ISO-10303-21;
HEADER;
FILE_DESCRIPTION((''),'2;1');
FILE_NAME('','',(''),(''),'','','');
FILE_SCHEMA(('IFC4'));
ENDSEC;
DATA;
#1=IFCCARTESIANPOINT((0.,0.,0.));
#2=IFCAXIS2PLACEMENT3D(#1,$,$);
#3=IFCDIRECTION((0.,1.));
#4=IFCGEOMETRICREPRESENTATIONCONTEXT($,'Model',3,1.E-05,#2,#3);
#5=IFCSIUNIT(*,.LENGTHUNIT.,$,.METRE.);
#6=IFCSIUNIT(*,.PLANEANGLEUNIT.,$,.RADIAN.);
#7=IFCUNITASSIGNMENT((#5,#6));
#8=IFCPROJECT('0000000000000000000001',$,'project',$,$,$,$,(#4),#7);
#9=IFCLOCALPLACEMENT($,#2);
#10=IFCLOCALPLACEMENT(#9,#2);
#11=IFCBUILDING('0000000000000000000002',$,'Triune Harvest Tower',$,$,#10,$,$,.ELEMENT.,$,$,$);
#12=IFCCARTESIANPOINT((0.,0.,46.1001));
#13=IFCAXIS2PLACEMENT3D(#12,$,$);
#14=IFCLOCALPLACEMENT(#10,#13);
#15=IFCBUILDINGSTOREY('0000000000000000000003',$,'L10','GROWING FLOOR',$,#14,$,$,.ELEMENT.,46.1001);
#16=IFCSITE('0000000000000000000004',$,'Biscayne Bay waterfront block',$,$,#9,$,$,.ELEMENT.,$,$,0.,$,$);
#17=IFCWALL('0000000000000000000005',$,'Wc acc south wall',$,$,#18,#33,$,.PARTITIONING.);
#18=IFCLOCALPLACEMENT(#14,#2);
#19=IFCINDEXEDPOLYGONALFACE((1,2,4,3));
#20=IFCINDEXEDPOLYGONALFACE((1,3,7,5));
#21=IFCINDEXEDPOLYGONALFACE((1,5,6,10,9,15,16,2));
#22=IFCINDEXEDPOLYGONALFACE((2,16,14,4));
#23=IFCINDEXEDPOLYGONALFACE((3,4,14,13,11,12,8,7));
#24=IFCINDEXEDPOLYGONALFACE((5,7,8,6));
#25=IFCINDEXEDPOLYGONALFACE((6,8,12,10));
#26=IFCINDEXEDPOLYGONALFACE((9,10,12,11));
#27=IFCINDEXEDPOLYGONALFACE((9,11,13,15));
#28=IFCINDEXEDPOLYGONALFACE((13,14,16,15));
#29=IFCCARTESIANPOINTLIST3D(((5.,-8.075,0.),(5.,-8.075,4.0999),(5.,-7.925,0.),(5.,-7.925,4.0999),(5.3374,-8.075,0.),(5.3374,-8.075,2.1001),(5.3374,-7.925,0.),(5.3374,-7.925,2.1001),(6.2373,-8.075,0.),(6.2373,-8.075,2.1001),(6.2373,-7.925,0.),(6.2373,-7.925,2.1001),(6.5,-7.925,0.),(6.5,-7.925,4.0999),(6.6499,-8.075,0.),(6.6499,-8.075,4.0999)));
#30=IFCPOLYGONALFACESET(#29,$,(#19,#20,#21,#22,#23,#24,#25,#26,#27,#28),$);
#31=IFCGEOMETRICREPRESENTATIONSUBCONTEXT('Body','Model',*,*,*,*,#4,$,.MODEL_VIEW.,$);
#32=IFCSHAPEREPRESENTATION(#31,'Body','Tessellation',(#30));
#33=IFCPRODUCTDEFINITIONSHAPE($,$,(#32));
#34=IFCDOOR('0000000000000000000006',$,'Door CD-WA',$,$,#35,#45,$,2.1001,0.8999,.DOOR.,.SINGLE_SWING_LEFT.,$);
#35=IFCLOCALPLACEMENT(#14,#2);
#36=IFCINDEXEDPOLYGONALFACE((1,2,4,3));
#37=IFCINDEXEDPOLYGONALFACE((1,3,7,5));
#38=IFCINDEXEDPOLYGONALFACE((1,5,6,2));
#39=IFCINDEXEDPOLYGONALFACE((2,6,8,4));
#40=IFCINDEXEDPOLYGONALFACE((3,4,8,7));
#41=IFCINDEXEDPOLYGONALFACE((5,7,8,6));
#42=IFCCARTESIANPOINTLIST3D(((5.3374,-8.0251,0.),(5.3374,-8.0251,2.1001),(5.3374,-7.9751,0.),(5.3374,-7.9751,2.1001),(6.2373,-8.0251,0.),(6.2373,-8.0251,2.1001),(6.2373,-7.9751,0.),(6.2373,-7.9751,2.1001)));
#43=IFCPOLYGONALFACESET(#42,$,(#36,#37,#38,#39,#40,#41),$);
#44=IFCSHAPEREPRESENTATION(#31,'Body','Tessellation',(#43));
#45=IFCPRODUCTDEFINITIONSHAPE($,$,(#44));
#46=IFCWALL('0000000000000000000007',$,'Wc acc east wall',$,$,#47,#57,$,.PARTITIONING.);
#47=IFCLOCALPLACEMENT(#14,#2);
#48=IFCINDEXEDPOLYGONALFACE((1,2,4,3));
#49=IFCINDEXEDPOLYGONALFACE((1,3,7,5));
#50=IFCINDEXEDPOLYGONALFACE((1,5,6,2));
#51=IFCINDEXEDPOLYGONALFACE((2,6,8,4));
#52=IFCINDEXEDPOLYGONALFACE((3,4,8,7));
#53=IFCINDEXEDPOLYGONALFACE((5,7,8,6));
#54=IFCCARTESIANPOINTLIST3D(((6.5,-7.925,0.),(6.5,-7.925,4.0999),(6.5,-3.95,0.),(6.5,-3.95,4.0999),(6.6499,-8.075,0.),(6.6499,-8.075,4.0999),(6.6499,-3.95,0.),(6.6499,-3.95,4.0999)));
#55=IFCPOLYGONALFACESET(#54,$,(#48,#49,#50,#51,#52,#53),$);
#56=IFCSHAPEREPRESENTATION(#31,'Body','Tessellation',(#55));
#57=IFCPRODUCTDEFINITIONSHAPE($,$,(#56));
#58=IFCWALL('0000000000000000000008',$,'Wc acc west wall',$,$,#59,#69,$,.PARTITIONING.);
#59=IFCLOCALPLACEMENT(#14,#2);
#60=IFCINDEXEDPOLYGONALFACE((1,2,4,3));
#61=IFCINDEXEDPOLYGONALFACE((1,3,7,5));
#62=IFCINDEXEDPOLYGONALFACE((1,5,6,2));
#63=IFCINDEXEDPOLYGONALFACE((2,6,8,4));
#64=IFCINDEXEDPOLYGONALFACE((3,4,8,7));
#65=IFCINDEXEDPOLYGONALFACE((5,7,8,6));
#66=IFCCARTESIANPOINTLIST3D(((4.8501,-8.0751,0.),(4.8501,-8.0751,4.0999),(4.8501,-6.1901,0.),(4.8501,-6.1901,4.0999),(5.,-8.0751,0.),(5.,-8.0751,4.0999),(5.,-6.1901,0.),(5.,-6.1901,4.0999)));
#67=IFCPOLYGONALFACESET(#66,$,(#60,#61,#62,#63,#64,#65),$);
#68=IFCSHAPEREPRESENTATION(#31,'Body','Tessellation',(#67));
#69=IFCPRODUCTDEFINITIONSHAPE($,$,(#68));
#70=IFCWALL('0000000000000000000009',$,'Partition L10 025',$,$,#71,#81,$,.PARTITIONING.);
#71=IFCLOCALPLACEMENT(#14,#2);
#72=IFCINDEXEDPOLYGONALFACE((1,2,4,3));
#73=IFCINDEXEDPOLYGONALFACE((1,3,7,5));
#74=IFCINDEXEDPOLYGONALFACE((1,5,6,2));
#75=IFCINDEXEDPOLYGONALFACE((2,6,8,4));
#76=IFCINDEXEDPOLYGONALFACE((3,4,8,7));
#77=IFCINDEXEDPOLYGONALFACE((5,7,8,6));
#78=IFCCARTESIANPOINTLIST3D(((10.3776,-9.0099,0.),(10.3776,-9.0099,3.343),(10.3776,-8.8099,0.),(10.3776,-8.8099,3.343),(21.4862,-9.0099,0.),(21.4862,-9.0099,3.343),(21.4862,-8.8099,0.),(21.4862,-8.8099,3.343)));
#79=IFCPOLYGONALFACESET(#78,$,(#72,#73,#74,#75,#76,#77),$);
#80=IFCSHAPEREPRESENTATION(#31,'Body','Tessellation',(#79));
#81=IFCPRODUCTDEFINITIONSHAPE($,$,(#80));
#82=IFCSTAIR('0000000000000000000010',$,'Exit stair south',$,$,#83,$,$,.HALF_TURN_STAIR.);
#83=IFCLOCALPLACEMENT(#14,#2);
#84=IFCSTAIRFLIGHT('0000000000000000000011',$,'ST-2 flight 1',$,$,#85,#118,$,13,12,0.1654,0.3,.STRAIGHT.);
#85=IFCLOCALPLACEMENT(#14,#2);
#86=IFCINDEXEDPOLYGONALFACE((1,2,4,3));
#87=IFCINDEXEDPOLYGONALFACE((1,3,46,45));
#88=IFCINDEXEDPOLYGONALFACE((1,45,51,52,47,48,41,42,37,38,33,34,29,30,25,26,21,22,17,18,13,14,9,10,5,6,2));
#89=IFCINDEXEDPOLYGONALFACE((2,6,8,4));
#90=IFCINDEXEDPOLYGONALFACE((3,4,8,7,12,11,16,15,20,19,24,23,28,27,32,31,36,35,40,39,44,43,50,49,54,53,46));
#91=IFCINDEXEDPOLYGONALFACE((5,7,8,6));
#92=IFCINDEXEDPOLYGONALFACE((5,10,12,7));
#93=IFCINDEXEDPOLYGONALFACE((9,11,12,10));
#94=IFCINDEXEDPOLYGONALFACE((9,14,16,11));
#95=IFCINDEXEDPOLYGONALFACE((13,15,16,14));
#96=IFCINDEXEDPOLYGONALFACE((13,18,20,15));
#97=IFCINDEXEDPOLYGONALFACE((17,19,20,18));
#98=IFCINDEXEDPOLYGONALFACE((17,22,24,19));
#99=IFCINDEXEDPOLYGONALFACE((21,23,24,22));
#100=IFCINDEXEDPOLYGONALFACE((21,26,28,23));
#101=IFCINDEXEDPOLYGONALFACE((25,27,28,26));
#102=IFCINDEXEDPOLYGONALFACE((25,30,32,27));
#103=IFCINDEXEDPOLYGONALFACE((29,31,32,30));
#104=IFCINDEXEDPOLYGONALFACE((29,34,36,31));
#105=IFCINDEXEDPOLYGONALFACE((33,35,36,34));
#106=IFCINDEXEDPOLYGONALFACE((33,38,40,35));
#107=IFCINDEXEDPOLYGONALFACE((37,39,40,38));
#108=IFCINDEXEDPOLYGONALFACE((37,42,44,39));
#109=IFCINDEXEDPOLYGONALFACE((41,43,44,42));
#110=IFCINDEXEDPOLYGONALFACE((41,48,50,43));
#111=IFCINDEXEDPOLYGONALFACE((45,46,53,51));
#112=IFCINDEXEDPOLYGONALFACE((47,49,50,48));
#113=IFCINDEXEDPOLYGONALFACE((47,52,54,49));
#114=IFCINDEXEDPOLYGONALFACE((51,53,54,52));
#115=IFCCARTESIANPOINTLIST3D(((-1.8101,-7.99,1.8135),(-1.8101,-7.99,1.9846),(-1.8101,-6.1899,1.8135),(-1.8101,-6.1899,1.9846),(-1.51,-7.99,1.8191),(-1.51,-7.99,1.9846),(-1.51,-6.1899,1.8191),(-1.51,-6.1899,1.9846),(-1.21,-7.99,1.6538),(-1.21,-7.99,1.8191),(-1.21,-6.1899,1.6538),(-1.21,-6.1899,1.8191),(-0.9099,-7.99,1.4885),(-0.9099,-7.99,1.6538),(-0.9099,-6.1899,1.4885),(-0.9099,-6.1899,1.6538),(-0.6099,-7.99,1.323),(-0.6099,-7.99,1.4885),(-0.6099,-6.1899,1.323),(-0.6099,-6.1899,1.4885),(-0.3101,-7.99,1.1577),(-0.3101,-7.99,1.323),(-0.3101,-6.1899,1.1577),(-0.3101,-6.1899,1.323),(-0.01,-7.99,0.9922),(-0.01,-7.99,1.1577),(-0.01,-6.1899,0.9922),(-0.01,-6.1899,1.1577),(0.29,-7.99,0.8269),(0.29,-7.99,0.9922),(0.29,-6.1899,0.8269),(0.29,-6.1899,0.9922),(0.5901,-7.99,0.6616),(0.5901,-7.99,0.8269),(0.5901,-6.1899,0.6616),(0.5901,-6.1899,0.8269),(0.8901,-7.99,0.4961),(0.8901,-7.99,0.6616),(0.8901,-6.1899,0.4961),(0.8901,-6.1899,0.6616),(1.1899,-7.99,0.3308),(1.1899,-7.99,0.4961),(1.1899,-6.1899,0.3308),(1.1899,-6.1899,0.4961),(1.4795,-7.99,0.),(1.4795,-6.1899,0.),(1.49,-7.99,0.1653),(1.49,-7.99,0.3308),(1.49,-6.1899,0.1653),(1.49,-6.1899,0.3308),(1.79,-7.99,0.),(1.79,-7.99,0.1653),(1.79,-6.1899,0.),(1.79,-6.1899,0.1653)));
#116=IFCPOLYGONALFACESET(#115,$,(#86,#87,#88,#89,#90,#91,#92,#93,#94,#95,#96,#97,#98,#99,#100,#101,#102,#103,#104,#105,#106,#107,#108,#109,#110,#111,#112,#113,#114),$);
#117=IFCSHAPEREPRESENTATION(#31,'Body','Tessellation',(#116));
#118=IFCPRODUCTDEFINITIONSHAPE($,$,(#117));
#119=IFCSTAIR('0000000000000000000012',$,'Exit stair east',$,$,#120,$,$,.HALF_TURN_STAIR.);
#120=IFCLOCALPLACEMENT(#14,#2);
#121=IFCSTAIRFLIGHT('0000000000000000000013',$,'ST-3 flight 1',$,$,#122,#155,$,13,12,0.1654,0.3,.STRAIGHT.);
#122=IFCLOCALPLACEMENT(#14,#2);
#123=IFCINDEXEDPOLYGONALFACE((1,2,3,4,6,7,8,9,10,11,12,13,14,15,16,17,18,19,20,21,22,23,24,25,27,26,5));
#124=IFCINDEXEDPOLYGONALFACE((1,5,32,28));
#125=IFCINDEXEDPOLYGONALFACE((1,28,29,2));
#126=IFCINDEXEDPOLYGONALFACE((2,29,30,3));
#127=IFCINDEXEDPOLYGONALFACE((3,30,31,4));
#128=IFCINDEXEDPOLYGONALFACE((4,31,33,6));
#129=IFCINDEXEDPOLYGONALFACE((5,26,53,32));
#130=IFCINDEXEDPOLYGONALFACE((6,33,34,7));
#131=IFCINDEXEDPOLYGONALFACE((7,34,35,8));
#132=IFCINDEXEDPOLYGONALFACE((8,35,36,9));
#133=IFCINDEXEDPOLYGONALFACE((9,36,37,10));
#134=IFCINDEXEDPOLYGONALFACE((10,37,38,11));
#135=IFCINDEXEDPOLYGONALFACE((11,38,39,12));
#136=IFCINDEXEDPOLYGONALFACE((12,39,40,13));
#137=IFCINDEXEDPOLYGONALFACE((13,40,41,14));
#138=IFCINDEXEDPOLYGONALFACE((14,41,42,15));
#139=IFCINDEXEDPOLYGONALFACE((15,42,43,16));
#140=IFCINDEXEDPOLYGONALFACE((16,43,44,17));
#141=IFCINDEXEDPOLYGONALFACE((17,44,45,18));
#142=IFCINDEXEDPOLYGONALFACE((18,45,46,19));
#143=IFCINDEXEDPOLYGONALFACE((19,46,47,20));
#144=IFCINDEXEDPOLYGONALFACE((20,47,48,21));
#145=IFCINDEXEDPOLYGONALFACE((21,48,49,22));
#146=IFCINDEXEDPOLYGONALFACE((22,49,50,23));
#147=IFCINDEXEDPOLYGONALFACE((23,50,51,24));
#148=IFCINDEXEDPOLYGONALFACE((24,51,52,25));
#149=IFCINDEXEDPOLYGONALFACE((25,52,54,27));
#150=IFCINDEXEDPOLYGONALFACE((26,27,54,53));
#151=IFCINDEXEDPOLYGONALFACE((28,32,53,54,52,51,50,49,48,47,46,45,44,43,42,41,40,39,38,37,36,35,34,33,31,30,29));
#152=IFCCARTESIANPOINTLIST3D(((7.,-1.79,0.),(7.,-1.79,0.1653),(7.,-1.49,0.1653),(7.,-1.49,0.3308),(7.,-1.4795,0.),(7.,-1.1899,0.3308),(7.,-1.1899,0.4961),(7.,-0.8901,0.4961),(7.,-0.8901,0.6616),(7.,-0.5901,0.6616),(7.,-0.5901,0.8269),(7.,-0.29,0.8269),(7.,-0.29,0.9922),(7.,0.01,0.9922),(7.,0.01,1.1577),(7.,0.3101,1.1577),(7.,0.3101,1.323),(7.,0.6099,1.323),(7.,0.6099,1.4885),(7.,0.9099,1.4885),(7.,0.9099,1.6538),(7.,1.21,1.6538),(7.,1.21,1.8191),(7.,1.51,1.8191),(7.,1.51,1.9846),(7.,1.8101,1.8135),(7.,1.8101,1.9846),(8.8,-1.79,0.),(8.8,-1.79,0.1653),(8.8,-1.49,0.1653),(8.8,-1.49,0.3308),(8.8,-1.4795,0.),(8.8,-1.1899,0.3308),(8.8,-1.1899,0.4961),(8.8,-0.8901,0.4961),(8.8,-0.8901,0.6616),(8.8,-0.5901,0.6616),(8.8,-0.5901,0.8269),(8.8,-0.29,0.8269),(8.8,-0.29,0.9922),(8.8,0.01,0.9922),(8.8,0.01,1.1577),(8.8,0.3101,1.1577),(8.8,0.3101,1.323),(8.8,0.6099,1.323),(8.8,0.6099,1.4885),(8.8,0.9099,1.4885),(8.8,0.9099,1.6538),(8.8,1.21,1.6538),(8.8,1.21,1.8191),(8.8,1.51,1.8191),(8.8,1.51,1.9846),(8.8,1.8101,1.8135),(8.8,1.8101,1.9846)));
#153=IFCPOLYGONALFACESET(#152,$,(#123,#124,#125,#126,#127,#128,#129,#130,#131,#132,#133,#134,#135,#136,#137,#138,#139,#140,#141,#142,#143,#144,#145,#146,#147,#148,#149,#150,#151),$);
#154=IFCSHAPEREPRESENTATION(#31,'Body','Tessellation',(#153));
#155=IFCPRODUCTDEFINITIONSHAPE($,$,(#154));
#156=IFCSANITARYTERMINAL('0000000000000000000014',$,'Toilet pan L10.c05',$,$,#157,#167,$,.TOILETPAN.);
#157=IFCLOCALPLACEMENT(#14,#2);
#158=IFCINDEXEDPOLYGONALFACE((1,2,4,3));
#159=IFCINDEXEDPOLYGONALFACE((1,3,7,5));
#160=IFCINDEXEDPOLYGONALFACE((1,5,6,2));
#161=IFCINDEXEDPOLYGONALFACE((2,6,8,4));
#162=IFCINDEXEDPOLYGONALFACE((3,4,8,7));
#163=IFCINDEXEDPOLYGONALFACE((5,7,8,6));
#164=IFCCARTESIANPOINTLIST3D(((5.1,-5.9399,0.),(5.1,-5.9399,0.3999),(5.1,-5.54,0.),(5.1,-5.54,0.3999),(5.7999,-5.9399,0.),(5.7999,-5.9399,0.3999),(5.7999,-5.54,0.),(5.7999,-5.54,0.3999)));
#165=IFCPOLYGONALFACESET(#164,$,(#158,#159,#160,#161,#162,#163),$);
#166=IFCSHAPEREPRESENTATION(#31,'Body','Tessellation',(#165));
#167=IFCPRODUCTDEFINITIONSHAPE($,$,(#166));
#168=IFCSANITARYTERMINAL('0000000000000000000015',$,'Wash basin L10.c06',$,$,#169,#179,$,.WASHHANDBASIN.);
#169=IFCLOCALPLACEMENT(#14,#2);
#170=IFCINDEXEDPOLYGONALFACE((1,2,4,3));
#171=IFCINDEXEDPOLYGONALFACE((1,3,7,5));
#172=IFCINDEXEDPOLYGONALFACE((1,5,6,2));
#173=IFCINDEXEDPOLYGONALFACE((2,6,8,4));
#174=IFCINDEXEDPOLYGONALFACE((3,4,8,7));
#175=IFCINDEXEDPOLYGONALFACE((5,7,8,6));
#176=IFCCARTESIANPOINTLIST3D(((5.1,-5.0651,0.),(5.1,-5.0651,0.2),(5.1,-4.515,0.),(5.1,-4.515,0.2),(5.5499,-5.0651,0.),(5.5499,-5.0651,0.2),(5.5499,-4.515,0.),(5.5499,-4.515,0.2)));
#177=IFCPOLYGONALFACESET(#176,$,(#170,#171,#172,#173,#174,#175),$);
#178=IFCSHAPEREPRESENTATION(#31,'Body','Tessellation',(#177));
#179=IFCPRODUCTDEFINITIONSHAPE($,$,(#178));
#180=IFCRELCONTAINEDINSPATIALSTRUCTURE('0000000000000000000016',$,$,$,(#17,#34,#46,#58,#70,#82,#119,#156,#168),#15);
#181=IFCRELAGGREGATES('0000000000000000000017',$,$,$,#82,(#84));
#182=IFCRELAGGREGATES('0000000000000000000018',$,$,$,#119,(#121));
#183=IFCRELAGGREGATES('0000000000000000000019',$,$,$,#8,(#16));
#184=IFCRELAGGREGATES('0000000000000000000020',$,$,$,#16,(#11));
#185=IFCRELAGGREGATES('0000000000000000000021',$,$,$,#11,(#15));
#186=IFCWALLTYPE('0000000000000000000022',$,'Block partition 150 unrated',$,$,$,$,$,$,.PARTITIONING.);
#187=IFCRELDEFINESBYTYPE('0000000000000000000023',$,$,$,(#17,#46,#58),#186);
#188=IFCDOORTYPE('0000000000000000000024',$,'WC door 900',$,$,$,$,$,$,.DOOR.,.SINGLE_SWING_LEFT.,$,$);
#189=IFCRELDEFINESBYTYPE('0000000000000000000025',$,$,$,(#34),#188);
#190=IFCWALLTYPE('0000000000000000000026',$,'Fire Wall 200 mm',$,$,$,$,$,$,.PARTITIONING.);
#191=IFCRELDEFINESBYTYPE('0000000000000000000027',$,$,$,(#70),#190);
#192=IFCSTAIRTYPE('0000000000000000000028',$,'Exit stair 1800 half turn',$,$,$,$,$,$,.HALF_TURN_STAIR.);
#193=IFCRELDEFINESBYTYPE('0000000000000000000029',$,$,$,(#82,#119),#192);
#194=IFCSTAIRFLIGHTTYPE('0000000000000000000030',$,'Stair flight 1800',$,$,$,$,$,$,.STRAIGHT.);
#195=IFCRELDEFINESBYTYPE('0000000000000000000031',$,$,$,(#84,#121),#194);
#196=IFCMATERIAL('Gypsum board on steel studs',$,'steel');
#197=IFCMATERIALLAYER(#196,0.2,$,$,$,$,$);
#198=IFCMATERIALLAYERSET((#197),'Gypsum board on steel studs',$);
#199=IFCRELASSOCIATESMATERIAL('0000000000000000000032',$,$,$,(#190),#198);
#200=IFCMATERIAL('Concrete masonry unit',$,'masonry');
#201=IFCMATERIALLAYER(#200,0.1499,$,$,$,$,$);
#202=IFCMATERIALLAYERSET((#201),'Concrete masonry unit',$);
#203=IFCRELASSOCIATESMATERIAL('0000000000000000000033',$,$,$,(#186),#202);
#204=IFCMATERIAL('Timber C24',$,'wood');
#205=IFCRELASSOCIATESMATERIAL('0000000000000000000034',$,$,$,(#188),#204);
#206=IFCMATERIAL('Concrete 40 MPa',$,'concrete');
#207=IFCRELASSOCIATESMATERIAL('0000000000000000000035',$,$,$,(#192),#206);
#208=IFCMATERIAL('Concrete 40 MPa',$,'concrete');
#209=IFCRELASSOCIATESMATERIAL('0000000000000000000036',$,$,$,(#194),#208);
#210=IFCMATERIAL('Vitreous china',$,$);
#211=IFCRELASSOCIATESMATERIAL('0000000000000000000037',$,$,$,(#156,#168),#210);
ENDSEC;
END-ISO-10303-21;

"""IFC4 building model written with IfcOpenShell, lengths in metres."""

from ifc_helpers import new_model, si_unit, direction, frame, frame_2d, origin, origin_2d, place, context, subcontext, project, spatial, polyline, rectangle, outline, extrude, source, transform, mapped, material, layer, layer_set, type_object, element, fill, aggregate, save


model = new_model("IFC4")

# Units and contexts
model_context = context("Model", 3, precision=1e-05, world=origin(), true_north=direction((0.0, 1.0)))
body_context = subcontext(model_context, "Body", "Model", "MODEL_VIEW")
ifc_project = project(units=[si_unit("LENGTHUNIT", "METRE"), si_unit("PLANEANGLEUNIT", "RADIAN")], contexts=[model_context])

# Site, building, storey
site_placement = place(None, origin())
site = spatial("IfcSite", under=ifc_project, at=site_placement, Name="Biscayne Bay waterfront block", CompositionType="ELEMENT", RefElevation=0.0)
building_placement = place(site_placement, origin())
building = spatial("IfcBuilding", under=site, at=building_placement, Name="Triune Harvest Tower", CompositionType="ELEMENT")
storey_placement = place(building_placement, frame((0.0, 0.0, 46.1001)))
storey = spatial("IfcBuildingStorey", under=building, at=storey_placement, Name="L10", Description="GROWING FLOOR", CompositionType="ELEMENT", Elevation=46.1001)

# Shared definitions
ifc_material_1 = material(Name="Gypsum board on steel studs", Category="steel")
ifc_layer_1 = layer(ifc_material_1, 0.2)
ifc_layer_set_1 = layer_set([ifc_layer_1], Name="Gypsum board on steel studs")
wall_type_1 = type_object("IfcWallType", Name="Fire Wall 200 mm", PredefinedType="PARTITIONING", material=ifc_layer_set_1)

# Wall, opening, door
ifc_material_2 = material(Name="Concrete masonry unit", Category="masonry")
ifc_layer_2 = layer(ifc_material_2, 0.1499)
ifc_layer_set_2 = layer_set([ifc_layer_2], Name="Concrete masonry unit")
wall_type_2 = type_object("IfcWallType", Name="Block partition 150 unrated", PredefinedType="PARTITIONING", material=ifc_layer_set_2)
shared_shape_1 = source(origin(), body_context, "Body", "SweptSolid", [
    extrude(outline(polyline([(0.0, -0.075), (1.6499, -0.075), (1.5, 0.075), (0.0, 0.075), (0.0, -0.075)])), origin(), (0.0, 0.0, 1.0), 4.0999),
])
wall_1_placement = place(storey_placement, frame((5.0, -8.0, 0.0), z_axis=(0.0, 0.0, 1.0), x_axis=(1.0, 0.0, 0.0)))
wall_1 = element("IfcWall", 1, at=wall_1_placement, inside=storey, type_object=wall_type_2, Name="Wc acc south wall", PredefinedType="PARTITIONING", context=body_context, shape_type="MappedRepresentation", body=[
    mapped(shared_shape_1, transform((0.0, 0.0, 0.0), scale=1.0)),
])
opening_1_placement = place(wall_1_placement, frame((0.3374, 0.0, 0.0)))
opening_1 = element("IfcOpeningElement", 2, at=opening_1_placement, cuts=wall_1, PredefinedType="OPENING", context=body_context, shape_type="SweptSolid", body=[
    extrude(rectangle(XDim=0.8999, YDim=2.1001, at=frame_2d((0.45, 1.05))), frame((0.0, 0.085, 0.0), z_axis=(0.0, -1.0, 0.0), x_axis=(1.0, 0.0, 0.0)), (0.0, 0.0, 1.0), 0.1699),
])
ifc_material_3 = material(Name="Timber C24", Category="wood")
door_type_1 = type_object("IfcDoorType", Name="WC door 900", OperationType="SINGLE_SWING_LEFT", PredefinedType="DOOR", material=ifc_material_3)
door_1_placement = place(opening_1_placement, origin())
door_1 = element("IfcDoor", 3, at=door_1_placement, inside=storey, type_object=door_type_1, Name="Door CD-WA", OperationType="SINGLE_SWING_LEFT", OverallHeight=2.1001, OverallWidth=0.8999, PredefinedType="DOOR", context=body_context, shape_type="SweptSolid", body=[
    extrude(rectangle(XDim=0.8999, YDim=2.1001, at=frame_2d((0.45, 1.05))), frame((0.0, 0.0249, 0.0), z_axis=(0.0, -1.0, 0.0), x_axis=(1.0, 0.0, 0.0)), (0.0, 0.0, 1.0), 0.05),
])
fill(opening_1, door_1)

# Walls
shared_shape_2 = source(origin(), body_context, "Body", "SweptSolid", [
    extrude(outline(polyline([(-0.075, -0.075), (4.05, -0.075), (4.05, 0.075), (0.075, 0.075), (-0.075, -0.075)])), origin(), (0.0, 0.0, 1.0), 4.0999),
])
wall_2_placement = place(storey_placement, frame((6.575, -8.0, 0.0), z_axis=(0.0, 0.0, 1.0), x_axis=(0.0, 1.0, 0.0)))
element("IfcWall", 4, at=wall_2_placement, inside=storey, type_object=wall_type_2, Name="Wc acc east wall", PredefinedType="PARTITIONING", context=body_context, shape_type="MappedRepresentation", body=[
    mapped(shared_shape_2, transform((0.0, 0.0, 0.0), scale=1.0)),
])
shared_shape_3 = source(origin(), body_context, "Body", "SweptSolid", [
    extrude(rectangle(XDim=1.885, YDim=0.1499, at=frame_2d((0.9424, 0.0))), origin(), (0.0, 0.0, 1.0), 4.0999),
])
wall_3_placement = place(storey_placement, frame((4.925, -8.075, 0.0), z_axis=(0.0, 0.0, 1.0), x_axis=(0.0, 1.0, 0.0)))
element("IfcWall", 5, at=wall_3_placement, inside=storey, type_object=wall_type_2, Name="Wc acc west wall", PredefinedType="PARTITIONING", context=body_context, shape_type="MappedRepresentation", body=[
    mapped(shared_shape_3, transform((0.0, 0.0, 0.0), scale=1.0)),
])
shared_shape_4 = source(origin(), body_context, "Body", "SweptSolid", [
    extrude(rectangle(XDim=11.1086, YDim=0.2, at=frame_2d((5.5542, 0.0))), origin(), (0.0, 0.0, 1.0), 3.343),
])
wall_4_placement = place(storey_placement, frame((10.3777, -8.9099, 0.0), z_axis=(0.0, 0.0, 1.0), x_axis=(1.0, 0.0, 0.0)))
element("IfcWall", 6, at=wall_4_placement, inside=storey, type_object=wall_type_1, Name="Partition L10 025", PredefinedType="PARTITIONING", context=body_context, shape_type="MappedRepresentation", body=[
    mapped(shared_shape_4, transform((0.0, 0.0, 0.0), scale=1.0)),
])

# Stairs, stair flights
ifc_material_4 = material(Name="Concrete 40 MPa", Category="concrete")
stair_type = type_object("IfcStairType", Name="Exit stair 1800 half turn", PredefinedType="HALF_TURN_STAIR", material=ifc_material_4)
stair_1_placement = place(storey_placement, origin())
stair_1 = element("IfcStair", 7, at=stair_1_placement, inside=storey, type_object=stair_type, Name="Exit stair south", PredefinedType="HALF_TURN_STAIR")
ifc_material_5 = material(Name="Concrete 40 MPa", Category="concrete")
stair_flight_type = type_object("IfcStairFlightType", Name="Stair flight 1800", PredefinedType="STRAIGHT", material=ifc_material_5)
shared_shape_5 = source(origin(), body_context, "Body", "SweptSolid", [
    extrude(outline(polyline([(0.0, 0.0), (0.0, 0.1653), (0.3, 0.1653), (0.3, 0.3308), (0.6001, 0.3308), (0.6001, 0.4961), (0.8999, 0.4961), (0.8999, 0.6616), (1.2, 0.6616), (1.2, 0.8269), (1.5, 0.8269), (1.5, 0.9922), (1.8, 0.9922), (1.8, 1.1577), (2.1001, 1.1577), (2.1001, 1.323), (2.3999, 1.323), (2.3999, 1.4885), (2.7, 1.4885), (2.7, 1.6538), (3.0, 1.6538), (3.0, 1.8191), (3.3, 1.8191), (3.3, 1.9846), (3.6001, 1.9846), (3.6001, 2.1499), (3.6001, 1.8135), (0.3105, 0.0), (0.0, 0.0)])), frame((0.0, 0.8999, 0.0), z_axis=(0.0, -1.0, 0.0), x_axis=(1.0, 0.0, 0.0)), (0.0, 0.0, 1.0), 1.8),
])
stair_flight_1_placement = place(storey_placement, frame((1.79, -7.0901, 0.0), z_axis=(0.0, 0.0, 1.0), x_axis=(-1.0, 0.0, 0.0)))
stair_flight_1 = element("IfcStairFlight", 8, at=stair_flight_1_placement, type_object=stair_flight_type, Name="ST-2 flight 1", NumberOfRisers=13, NumberOfTreads=12, PredefinedType="STRAIGHT", RiserHeight=0.1654, TreadLength=0.3, context=body_context, shape_type="MappedRepresentation", body=[
    mapped(shared_shape_5, transform((0.0, 0.0, 0.0), scale=1.0)),
])
aggregate(stair_1, [stair_flight_1])
stair_2_placement = place(storey_placement, origin())
stair_2 = element("IfcStair", 9, at=stair_2_placement, inside=storey, type_object=stair_type, Name="Exit stair east", PredefinedType="HALF_TURN_STAIR")
stair_flight_2_placement = place(storey_placement, frame((7.8999, -1.79, 0.0), z_axis=(0.0, 0.0, 1.0), x_axis=(0.0, 1.0, 0.0)))
stair_flight_2 = element("IfcStairFlight", 10, at=stair_flight_2_placement, type_object=stair_flight_type, Name="ST-3 flight 1", NumberOfRisers=13, NumberOfTreads=12, PredefinedType="STRAIGHT", RiserHeight=0.1654, TreadLength=0.3, context=body_context, shape_type="MappedRepresentation", body=[
    mapped(shared_shape_5, transform((0.0, 0.0, 0.0), scale=1.0)),
])
aggregate(stair_2, [stair_flight_2])

# Sanitary terminals
ifc_material_6 = material(Name="Vitreous china")
shared_shape_6 = source(origin(), body_context, "Body", "SweptSolid", [
    extrude(rectangle(XDim=0.3999, YDim=0.7, at=origin_2d()), origin(), (0.0, 0.0, 1.0), 0.3999),
])
sanitary_terminal_1_placement = place(storey_placement, frame((5.45, -5.74, 0.0), z_axis=(0.0, 0.0, 1.0), x_axis=(0.0, 1.0, 0.0)))
element("IfcSanitaryTerminal", 11, at=sanitary_terminal_1_placement, inside=storey, material=ifc_material_6, Name="Toilet pan L10.c05", PredefinedType="TOILETPAN", context=body_context, shape_type="MappedRepresentation", body=[
    mapped(shared_shape_6, transform((0.0, 0.0, 0.0), scale=1.0)),
])
shared_shape_7 = source(origin(), body_context, "Body", "SweptSolid", [
    extrude(rectangle(XDim=0.55, YDim=0.45, at=origin_2d()), origin(), (0.0, 0.0, 1.0), 0.2),
])
sanitary_terminal_2_placement = place(storey_placement, frame((5.325, -4.79, 0.0), z_axis=(0.0, 0.0, 1.0), x_axis=(0.0, 1.0, 0.0)))
element("IfcSanitaryTerminal", 12, at=sanitary_terminal_2_placement, inside=storey, material=ifc_material_6, Name="Wash basin L10.c06", PredefinedType="WASHHANDBASIN", context=body_context, shape_type="MappedRepresentation", body=[
    mapped(shared_shape_7, transform((0.0, 0.0, 0.0), scale=1.0)),
])

save(model, "model.ifc")
